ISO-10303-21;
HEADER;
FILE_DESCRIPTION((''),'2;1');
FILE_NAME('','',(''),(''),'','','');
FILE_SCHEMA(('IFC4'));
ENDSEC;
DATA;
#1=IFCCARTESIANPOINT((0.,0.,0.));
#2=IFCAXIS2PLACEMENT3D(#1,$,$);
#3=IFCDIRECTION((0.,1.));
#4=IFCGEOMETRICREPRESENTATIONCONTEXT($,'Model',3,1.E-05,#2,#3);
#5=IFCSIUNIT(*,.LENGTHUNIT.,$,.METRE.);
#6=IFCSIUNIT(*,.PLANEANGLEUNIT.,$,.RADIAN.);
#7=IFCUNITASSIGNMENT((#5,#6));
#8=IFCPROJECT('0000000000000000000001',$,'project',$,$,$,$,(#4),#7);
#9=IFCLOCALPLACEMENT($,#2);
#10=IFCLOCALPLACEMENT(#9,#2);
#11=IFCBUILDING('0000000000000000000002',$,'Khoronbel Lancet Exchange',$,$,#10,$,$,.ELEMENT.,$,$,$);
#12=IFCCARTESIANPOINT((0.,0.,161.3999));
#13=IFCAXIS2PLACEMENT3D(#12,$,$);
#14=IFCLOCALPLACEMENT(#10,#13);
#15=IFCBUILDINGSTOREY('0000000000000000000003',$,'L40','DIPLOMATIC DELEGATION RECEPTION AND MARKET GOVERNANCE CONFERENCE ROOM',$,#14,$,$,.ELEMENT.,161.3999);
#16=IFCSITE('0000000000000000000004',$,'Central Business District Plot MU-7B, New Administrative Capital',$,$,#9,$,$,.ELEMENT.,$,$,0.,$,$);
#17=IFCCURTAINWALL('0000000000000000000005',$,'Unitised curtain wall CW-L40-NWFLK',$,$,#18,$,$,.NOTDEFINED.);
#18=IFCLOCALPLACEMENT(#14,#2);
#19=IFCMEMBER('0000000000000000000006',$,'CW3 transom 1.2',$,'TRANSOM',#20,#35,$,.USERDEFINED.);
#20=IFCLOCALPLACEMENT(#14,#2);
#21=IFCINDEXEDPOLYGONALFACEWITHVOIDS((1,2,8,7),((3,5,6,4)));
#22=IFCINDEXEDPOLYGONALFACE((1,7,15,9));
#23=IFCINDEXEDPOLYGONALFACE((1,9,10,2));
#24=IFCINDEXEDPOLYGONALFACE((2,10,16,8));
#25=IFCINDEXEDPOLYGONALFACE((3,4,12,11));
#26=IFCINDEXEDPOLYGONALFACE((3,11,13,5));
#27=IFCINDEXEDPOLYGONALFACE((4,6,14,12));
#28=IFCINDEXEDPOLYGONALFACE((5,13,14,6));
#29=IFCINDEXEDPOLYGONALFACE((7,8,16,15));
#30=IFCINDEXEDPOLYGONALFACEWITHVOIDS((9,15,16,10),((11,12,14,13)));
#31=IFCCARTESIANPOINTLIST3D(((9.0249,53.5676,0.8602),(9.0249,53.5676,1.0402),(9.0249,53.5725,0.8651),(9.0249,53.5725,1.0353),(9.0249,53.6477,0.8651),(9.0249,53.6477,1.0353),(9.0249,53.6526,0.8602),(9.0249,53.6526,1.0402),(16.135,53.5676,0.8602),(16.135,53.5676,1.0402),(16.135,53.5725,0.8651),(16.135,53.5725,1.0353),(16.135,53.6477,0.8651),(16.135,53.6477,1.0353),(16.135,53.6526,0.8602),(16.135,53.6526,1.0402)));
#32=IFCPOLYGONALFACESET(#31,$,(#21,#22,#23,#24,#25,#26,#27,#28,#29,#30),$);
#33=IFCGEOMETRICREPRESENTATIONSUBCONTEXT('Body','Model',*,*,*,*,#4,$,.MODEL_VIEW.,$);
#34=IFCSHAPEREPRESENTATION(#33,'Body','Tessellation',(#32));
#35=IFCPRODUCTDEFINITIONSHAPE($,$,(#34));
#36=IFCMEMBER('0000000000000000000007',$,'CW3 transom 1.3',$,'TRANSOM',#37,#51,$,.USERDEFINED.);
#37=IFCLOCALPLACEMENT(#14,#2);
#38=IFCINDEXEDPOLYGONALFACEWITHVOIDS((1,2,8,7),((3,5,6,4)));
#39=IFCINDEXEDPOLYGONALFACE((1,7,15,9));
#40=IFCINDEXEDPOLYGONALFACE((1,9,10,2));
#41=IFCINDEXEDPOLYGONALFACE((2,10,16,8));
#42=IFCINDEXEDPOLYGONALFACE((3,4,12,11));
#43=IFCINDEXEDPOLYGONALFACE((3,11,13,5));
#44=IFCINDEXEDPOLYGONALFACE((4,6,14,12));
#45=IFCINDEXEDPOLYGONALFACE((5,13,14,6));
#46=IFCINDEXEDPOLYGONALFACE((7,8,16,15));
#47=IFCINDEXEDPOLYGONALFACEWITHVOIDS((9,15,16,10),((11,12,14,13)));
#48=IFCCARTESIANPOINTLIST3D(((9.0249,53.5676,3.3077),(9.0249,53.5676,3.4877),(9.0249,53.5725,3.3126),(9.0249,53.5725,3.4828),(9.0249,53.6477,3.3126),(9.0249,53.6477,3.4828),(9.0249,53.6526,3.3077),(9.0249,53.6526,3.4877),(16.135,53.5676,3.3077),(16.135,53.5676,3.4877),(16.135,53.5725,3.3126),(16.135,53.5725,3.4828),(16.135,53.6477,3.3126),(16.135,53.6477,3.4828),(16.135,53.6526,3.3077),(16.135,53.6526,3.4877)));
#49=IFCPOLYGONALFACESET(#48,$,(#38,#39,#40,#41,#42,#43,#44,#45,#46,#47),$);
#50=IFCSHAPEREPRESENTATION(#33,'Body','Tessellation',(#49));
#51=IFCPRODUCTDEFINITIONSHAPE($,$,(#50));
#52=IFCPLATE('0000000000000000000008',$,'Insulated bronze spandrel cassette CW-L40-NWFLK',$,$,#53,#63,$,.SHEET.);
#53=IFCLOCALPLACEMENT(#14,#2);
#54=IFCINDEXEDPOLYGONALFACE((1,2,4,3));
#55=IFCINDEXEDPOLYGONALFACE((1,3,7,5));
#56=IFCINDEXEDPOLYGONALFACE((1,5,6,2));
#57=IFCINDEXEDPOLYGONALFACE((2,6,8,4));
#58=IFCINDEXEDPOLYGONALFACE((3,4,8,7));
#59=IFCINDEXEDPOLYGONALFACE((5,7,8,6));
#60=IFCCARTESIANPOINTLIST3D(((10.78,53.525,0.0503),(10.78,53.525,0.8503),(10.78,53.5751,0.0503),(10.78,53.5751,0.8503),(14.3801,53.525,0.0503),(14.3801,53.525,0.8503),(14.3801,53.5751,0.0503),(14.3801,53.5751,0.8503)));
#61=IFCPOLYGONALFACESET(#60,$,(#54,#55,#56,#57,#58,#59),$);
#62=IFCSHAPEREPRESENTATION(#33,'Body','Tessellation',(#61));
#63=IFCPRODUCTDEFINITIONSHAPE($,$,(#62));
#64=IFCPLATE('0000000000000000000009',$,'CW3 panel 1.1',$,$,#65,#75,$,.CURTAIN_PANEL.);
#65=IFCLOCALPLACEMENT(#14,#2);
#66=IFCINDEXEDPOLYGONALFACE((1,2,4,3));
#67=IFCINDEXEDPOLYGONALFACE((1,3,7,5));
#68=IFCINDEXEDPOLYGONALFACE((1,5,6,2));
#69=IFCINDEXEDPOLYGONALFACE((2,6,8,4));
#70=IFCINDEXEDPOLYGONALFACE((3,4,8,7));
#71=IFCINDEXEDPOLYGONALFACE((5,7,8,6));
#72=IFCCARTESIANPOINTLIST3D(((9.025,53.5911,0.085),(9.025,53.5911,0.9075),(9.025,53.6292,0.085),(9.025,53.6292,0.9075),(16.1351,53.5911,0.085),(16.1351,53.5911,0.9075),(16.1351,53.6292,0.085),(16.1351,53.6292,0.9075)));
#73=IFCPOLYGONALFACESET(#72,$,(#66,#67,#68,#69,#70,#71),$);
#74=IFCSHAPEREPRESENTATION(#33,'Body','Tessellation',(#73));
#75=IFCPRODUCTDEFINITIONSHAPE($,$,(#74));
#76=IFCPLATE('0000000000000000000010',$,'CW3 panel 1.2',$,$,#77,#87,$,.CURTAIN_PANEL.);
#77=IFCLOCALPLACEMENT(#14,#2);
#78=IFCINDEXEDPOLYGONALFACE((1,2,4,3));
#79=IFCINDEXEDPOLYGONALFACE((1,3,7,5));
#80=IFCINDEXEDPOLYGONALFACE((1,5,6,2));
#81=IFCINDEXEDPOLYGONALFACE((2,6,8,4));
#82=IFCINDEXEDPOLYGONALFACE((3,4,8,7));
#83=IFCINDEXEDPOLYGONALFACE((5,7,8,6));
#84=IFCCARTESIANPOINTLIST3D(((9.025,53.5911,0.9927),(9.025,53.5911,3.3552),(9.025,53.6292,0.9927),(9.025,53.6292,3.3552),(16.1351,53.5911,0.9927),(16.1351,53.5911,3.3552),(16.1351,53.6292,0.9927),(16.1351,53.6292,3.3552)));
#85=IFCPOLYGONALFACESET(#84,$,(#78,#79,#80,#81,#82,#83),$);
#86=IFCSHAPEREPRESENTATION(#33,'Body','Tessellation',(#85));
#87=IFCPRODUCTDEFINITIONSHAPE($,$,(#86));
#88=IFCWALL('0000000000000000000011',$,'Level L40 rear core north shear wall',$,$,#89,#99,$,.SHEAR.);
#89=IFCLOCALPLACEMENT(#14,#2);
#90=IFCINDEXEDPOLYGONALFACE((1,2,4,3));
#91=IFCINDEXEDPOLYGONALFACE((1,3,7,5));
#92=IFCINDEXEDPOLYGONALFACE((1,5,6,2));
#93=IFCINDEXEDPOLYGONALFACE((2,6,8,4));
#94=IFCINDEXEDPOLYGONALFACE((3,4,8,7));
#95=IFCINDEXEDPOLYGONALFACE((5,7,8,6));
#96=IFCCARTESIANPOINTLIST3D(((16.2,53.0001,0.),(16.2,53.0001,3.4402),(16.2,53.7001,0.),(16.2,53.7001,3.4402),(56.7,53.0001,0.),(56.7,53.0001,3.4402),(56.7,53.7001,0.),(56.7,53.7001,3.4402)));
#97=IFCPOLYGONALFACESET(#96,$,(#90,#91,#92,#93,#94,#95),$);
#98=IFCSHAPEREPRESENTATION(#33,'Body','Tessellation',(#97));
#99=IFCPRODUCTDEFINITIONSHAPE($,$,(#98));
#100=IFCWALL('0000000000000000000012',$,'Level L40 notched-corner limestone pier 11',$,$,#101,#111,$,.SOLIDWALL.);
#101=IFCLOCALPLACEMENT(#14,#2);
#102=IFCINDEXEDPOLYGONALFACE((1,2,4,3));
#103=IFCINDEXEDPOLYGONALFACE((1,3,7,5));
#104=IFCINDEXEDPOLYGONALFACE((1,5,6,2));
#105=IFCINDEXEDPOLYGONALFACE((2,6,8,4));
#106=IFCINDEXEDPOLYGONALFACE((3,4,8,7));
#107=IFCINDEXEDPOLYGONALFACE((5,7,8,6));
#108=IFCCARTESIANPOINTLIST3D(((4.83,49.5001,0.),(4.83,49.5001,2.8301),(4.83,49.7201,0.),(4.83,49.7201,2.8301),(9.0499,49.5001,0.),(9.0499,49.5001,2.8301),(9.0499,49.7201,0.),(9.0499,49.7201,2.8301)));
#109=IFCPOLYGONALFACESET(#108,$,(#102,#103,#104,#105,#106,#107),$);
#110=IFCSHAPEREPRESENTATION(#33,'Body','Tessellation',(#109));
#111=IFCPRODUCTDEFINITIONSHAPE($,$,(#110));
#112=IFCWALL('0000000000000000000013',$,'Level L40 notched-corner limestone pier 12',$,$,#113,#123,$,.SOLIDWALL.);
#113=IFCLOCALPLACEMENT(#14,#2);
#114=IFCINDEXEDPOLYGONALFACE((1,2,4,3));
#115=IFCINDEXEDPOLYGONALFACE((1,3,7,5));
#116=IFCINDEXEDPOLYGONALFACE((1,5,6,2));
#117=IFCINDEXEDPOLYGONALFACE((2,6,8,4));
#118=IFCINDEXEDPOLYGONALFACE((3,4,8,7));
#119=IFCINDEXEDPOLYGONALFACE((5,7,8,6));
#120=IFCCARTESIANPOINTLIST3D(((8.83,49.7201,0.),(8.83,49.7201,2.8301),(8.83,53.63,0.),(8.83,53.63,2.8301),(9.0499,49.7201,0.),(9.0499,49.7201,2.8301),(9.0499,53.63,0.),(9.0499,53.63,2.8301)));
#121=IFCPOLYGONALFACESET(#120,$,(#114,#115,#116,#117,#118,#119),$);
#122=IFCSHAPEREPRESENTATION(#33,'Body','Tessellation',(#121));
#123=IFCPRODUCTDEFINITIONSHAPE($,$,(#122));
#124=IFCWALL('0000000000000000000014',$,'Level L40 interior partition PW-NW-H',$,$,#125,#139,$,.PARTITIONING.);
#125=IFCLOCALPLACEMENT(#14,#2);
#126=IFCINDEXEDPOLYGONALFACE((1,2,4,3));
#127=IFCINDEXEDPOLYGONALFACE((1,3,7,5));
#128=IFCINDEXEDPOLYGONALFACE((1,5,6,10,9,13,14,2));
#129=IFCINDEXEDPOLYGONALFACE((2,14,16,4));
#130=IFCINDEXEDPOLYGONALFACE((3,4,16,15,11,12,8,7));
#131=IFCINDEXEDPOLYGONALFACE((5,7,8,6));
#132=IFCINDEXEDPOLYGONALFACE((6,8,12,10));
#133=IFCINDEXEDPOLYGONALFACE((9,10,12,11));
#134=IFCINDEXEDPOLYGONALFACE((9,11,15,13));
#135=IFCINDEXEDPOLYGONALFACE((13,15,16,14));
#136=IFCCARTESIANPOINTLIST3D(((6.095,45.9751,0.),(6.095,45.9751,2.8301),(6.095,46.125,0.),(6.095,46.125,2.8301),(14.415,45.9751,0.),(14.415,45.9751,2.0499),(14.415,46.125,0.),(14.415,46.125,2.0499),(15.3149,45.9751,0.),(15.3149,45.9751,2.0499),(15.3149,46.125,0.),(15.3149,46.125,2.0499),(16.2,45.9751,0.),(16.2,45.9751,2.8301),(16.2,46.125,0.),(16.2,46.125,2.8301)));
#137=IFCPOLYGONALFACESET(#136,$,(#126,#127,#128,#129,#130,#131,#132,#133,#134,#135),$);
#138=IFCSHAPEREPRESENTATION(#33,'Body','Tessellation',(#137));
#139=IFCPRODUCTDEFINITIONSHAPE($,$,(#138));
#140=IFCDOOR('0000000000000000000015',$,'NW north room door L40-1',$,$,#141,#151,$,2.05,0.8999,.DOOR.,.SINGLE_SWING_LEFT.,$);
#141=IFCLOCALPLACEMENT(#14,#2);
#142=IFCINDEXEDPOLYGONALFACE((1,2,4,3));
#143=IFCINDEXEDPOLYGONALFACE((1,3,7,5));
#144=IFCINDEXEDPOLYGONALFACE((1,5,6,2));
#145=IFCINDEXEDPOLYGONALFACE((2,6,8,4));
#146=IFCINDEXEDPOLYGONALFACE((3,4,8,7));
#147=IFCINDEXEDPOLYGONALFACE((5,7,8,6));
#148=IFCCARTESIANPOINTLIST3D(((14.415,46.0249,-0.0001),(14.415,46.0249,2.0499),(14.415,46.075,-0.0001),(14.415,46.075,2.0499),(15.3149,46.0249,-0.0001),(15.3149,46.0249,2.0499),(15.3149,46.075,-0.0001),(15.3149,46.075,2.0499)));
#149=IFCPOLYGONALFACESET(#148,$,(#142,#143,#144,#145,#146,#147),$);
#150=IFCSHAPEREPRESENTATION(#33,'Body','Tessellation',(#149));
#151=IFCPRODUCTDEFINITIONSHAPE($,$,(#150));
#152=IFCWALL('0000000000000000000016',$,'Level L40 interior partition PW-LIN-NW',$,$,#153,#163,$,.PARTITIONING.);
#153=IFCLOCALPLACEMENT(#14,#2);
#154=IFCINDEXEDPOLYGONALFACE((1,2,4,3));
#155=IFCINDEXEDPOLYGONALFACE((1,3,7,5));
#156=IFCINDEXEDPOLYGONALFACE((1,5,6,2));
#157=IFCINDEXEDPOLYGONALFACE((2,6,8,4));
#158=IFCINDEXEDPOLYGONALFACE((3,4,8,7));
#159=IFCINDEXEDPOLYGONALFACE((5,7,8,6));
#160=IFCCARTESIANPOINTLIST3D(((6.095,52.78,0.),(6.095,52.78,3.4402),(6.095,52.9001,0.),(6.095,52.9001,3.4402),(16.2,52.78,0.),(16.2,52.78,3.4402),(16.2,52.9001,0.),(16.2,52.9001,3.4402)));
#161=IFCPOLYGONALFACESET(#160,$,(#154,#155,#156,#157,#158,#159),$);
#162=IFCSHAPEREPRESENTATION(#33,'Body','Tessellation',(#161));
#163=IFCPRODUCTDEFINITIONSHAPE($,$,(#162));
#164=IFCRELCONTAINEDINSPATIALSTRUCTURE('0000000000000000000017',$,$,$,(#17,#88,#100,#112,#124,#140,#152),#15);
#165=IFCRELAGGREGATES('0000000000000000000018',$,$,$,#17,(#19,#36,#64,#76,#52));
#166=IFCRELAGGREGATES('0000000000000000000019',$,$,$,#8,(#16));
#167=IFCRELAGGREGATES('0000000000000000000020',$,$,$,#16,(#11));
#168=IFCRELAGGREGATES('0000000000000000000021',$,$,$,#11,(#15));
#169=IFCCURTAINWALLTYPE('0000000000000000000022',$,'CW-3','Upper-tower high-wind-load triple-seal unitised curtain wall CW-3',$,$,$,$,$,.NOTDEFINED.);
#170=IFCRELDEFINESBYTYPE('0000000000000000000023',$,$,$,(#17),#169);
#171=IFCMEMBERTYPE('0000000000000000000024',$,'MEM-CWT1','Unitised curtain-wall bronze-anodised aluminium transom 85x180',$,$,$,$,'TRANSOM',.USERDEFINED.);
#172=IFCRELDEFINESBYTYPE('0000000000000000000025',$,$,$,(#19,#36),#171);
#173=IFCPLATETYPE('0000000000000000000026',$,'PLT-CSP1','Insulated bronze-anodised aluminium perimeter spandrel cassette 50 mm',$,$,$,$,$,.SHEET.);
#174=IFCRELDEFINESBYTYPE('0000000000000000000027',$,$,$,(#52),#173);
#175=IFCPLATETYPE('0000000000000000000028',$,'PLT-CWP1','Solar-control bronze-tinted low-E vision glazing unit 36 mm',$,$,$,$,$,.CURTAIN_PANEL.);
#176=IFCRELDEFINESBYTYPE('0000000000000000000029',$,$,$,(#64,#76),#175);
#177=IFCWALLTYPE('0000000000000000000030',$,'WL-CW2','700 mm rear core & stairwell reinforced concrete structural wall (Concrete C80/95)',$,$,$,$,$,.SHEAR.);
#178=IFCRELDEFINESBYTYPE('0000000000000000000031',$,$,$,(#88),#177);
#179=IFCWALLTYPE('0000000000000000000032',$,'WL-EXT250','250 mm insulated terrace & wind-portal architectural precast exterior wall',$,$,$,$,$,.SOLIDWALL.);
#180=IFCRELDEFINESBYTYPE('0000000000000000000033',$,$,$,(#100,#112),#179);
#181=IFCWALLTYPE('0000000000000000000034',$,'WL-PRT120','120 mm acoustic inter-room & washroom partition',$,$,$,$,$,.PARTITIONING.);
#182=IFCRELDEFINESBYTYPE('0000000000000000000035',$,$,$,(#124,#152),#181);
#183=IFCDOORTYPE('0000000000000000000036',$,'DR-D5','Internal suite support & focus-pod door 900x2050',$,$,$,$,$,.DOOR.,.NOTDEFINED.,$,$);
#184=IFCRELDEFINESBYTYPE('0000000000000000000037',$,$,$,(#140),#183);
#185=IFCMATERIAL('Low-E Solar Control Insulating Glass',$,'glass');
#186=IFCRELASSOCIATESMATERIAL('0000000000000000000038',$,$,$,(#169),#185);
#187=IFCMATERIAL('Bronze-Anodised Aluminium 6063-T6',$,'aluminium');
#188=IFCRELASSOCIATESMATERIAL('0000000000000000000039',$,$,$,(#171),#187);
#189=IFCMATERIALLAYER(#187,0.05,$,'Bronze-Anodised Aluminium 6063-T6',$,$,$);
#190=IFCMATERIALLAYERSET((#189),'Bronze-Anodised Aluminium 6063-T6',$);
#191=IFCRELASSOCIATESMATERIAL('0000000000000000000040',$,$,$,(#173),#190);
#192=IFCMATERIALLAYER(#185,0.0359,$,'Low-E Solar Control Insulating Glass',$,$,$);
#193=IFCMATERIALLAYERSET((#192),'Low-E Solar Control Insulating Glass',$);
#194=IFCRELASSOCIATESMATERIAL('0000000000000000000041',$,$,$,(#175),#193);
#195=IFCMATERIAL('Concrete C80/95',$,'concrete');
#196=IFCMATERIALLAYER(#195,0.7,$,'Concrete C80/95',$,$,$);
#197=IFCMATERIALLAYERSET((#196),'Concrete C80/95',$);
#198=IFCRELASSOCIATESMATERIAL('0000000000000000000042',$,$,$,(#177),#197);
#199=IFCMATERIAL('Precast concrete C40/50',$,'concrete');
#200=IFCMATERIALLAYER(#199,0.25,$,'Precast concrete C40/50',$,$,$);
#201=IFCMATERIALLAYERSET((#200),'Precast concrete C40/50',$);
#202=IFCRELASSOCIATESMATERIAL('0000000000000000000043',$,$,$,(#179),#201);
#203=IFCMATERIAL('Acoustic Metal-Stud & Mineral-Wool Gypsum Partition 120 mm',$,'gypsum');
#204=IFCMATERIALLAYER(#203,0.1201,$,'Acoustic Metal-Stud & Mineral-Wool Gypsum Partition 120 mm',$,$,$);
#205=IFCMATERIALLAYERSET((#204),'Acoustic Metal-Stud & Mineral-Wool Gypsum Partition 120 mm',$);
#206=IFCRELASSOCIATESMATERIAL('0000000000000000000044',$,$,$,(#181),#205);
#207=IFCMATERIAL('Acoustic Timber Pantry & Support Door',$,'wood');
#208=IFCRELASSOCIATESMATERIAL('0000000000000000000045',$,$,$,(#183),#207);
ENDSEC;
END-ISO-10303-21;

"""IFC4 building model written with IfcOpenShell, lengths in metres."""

from ifc_helpers import new_model, si_unit, direction, frame, frame_2d, origin, origin_2d, place, context, subcontext, project, spatial, rectangle, hollow_rectangle, extrude, material, layer, layer_set, material_profile, profile_set, type_object, element, fill, aggregate, save


model = new_model("IFC4")

# Units and contexts
model_context = context("Model", 3, precision=1e-05, world=origin(), true_north=direction((0.0, 1.0)))
body_context = subcontext(model_context, "Body", "Model", "MODEL_VIEW")
ifc_project = project(units=[si_unit("LENGTHUNIT", "METRE"), si_unit("PLANEANGLEUNIT", "RADIAN")], contexts=[model_context])

# Site, building, storey
site_placement = place(None, origin())
site = spatial("IfcSite", under=ifc_project, at=site_placement, Name="Central Business District Plot MU-7B, New Administrative Capital", CompositionType="ELEMENT", RefElevation=0.0)
building_placement = place(site_placement, origin())
building = spatial("IfcBuilding", under=site, at=building_placement, Name="Khoronbel Lancet Exchange", CompositionType="ELEMENT")
storey_placement = place(building_placement, frame((0.0, 0.0, 161.3999)))
storey = spatial("IfcBuildingStorey", under=building, at=storey_placement, Name="L40", Description="DIPLOMATIC DELEGATION RECEPTION AND MARKET GOVERNANCE CONFERENCE ROOM", CompositionType="ELEMENT", Elevation=161.3999)

# Curtain wall, members, plates
ifc_material_1 = material(Name="Low-E Solar Control Insulating Glass", Category="glass")
curtain_wall_type = type_object("IfcCurtainWallType", Name="CW-3", Description="Upper-tower high-wind-load triple-seal unitised curtain wall CW-3", PredefinedType="NOTDEFINED", material=ifc_material_1)
curtain_wall_placement = place(storey_placement, origin())
curtain_wall = element("IfcCurtainWall", 1, at=curtain_wall_placement, inside=storey, type_object=curtain_wall_type, Name="Unitised curtain wall CW-L40-NWFLK", PredefinedType="NOTDEFINED")
ifc_material_2 = material(Name="Bronze-Anodised Aluminium 6063-T6", Category="aluminium")
ifc_material_profile_1 = material_profile(ifc_material_2, hollow_rectangle(XDim=0.085, YDim=0.1799, WallThickness=0.0049, at=origin_2d()), Name="ALU TRANSOM 85x180")
ifc_profile_set_1 = profile_set([ifc_material_profile_1], Name="Bronze-Anodised Aluminium 6063-T6")
member_type_1 = type_object("IfcMemberType", Name="MEM-CWT1", Description="Unitised curtain-wall bronze-anodised aluminium transom 85x180", ElementType="TRANSOM", PredefinedType="USERDEFINED", material=ifc_profile_set_1)
member_1_placement = place(storey_placement, frame((16.135, 53.6101, 0.9502), z_axis=(-1.0, 0.0, 0.0), x_axis=(0.0, -1.0, 0.0)))
member_1 = element("IfcMember", 2, at=member_1_placement, type_object=member_type_1, Name="CW3 transom 1.2", ObjectType="TRANSOM", PredefinedType="USERDEFINED", context=body_context, shape_type="SweptSolid", body=[
    extrude(hollow_rectangle(XDim=0.085, YDim=0.1799, WallThickness=0.0049, at=origin_2d()), origin(), (0.0, 0.0, 1.0), 7.1101),
])
member_2_placement = place(storey_placement, frame((16.135, 53.6101, 3.3977), z_axis=(-1.0, 0.0, 0.0), x_axis=(0.0, -1.0, 0.0)))
member_2 = element("IfcMember", 3, at=member_2_placement, type_object=member_type_1, Name="CW3 transom 1.3", ObjectType="TRANSOM", PredefinedType="USERDEFINED", context=body_context, shape_type="SweptSolid", body=[
    extrude(hollow_rectangle(XDim=0.085, YDim=0.1799, WallThickness=0.0049, at=origin_2d()), origin(), (0.0, 0.0, 1.0), 7.1101),
])
ifc_layer_1 = layer(ifc_material_2, 0.05, Name="Bronze-Anodised Aluminium 6063-T6")
ifc_layer_set_1 = layer_set([ifc_layer_1], Name="Bronze-Anodised Aluminium 6063-T6")
plate_type_1 = type_object("IfcPlateType", Name="PLT-CSP1", Description="Insulated bronze-anodised aluminium perimeter spandrel cassette 50 mm", PredefinedType="SHEET", material=ifc_layer_set_1)
plate_1_placement = place(storey_placement, frame((12.5801, 53.55, 0.0503), z_axis=(0.0, 0.0, 1.0), x_axis=(-1.0, 0.0, 0.0)))
plate_1 = element("IfcPlate", 4, at=plate_1_placement, type_object=plate_type_1, Name="Insulated bronze spandrel cassette CW-L40-NWFLK", PredefinedType="SHEET", context=body_context, shape_type="SweptSolid", body=[
    extrude(rectangle(XDim=3.6001, YDim=0.05, at=origin_2d()), origin(), (0.0, 0.0, 1.0), 0.8),
])
ifc_layer_2 = layer(ifc_material_1, 0.0359, Name="Low-E Solar Control Insulating Glass")
ifc_layer_set_2 = layer_set([ifc_layer_2], Name="Low-E Solar Control Insulating Glass")
plate_type_2 = type_object("IfcPlateType", Name="PLT-CWP1", Description="Solar-control bronze-tinted low-E vision glazing unit 36 mm", PredefinedType="CURTAIN_PANEL", material=ifc_layer_set_2)
plate_2_placement = place(storey_placement, frame((12.5801, 53.6101, 0.085), z_axis=(0.0, 0.0, 1.0), x_axis=(-1.0, 0.0, 0.0)))
plate_2 = element("IfcPlate", 5, at=plate_2_placement, type_object=plate_type_2, Name="CW3 panel 1.1", PredefinedType="CURTAIN_PANEL", context=body_context, shape_type="SweptSolid", body=[
    extrude(rectangle(XDim=7.1101, YDim=0.0381, at=origin_2d()), origin(), (0.0, 0.0, 1.0), 0.8225),
])
plate_3_placement = place(storey_placement, frame((12.5801, 53.6101, 0.9927), z_axis=(0.0, 0.0, 1.0), x_axis=(-1.0, 0.0, 0.0)))
plate_3 = element("IfcPlate", 6, at=plate_3_placement, type_object=plate_type_2, Name="CW3 panel 1.2", PredefinedType="CURTAIN_PANEL", context=body_context, shape_type="SweptSolid", body=[
    extrude(rectangle(XDim=7.1101, YDim=0.0381, at=origin_2d()), origin(), (0.0, 0.0, 1.0), 2.3625),
])
aggregate(curtain_wall, [member_1, member_2, plate_2, plate_3, plate_1])

# Walls
ifc_material_3 = material(Name="Concrete C80/95", Category="concrete")
ifc_layer_3 = layer(ifc_material_3, 0.7, Name="Concrete C80/95")
ifc_layer_set_3 = layer_set([ifc_layer_3], Name="Concrete C80/95")
wall_type_1 = type_object("IfcWallType", Name="WL-CW2", Description="700 mm rear core & stairwell reinforced concrete structural wall (Concrete C80/95)", PredefinedType="SHEAR", material=ifc_layer_set_3)
wall_1_placement = place(storey_placement, frame((16.2, 53.3501, 0.0), z_axis=(0.0, 0.0, 1.0), x_axis=(1.0, 0.0, 0.0)))
element("IfcWall", 7, at=wall_1_placement, inside=storey, type_object=wall_type_1, Name="Level L40 rear core north shear wall", PredefinedType="SHEAR", context=body_context, shape_type="SweptSolid", body=[
    extrude(rectangle(XDim=40.5, YDim=0.7, at=frame_2d((20.25, 0.0))), origin(), (0.0, 0.0, 1.0), 3.4402),
])
ifc_material_4 = material(Name="Precast concrete C40/50", Category="concrete")
ifc_layer_4 = layer(ifc_material_4, 0.25, Name="Precast concrete C40/50")
ifc_layer_set_4 = layer_set([ifc_layer_4], Name="Precast concrete C40/50")
wall_type_2 = type_object("IfcWallType", Name="WL-EXT250", Description="250 mm insulated terrace & wind-portal architectural precast exterior wall", PredefinedType="SOLIDWALL", material=ifc_layer_set_4)
wall_2_placement = place(storey_placement, frame((4.8301, 49.6101, 0.0), z_axis=(0.0, 0.0, 1.0), x_axis=(1.0, 0.0, 0.0)))
element("IfcWall", 8, at=wall_2_placement, inside=storey, type_object=wall_type_2, Name="Level L40 notched-corner limestone pier 11", PredefinedType="SOLIDWALL", context=body_context, shape_type="SweptSolid", body=[
    extrude(rectangle(XDim=4.22, YDim=0.22, at=frame_2d((2.1099, 0.0))), origin(), (0.0, 0.0, 1.0), 2.8301),
])
wall_3_placement = place(storey_placement, frame((8.9399, 49.72, 0.0), z_axis=(0.0, 0.0, 1.0), x_axis=(0.0, 1.0, 0.0)))
element("IfcWall", 9, at=wall_3_placement, inside=storey, type_object=wall_type_2, Name="Level L40 notched-corner limestone pier 12", PredefinedType="SOLIDWALL", context=body_context, shape_type="SweptSolid", body=[
    extrude(rectangle(XDim=3.9099, YDim=0.22, at=frame_2d((1.9551, 0.0))), origin(), (0.0, 0.0, 1.0), 2.8301),
])

# Wall, opening, door
ifc_material_5 = material(Name="Acoustic Metal-Stud & Mineral-Wool Gypsum Partition 120 mm", Category="gypsum")
ifc_layer_5 = layer(ifc_material_5, 0.1201, Name="Acoustic Metal-Stud & Mineral-Wool Gypsum Partition 120 mm")
ifc_layer_set_5 = layer_set([ifc_layer_5], Name="Acoustic Metal-Stud & Mineral-Wool Gypsum Partition 120 mm")
wall_type_3 = type_object("IfcWallType", Name="WL-PRT120", Description="120 mm acoustic inter-room & washroom partition", PredefinedType="PARTITIONING", material=ifc_layer_set_5)
wall_4_placement = place(storey_placement, frame((6.095, 46.05, 0.0), z_axis=(0.0, 0.0, 1.0), x_axis=(1.0, 0.0, 0.0)))
wall_4 = element("IfcWall", 10, at=wall_4_placement, inside=storey, type_object=wall_type_3, Name="Level L40 interior partition PW-NW-H", PredefinedType="PARTITIONING", context=body_context, shape_type="SweptSolid", body=[
    extrude(rectangle(XDim=10.105, YDim=0.1499, at=frame_2d((5.0525, 0.0))), origin(), (0.0, 0.0, 1.0), 2.8301),
])
opening_1_placement = place(wall_4_placement, frame((8.3201, 0.0, 0.0)))
opening_1 = element("IfcOpeningElement", 11, at=opening_1_placement, cuts=wall_4, PredefinedType="OPENING", context=body_context, shape_type="SweptSolid", body=[
    extrude(rectangle(XDim=0.8999, YDim=2.05, at=frame_2d((0.45, 1.0249))), frame((0.0, 0.085, 0.0), z_axis=(0.0, -1.0, 0.0), x_axis=(1.0, 0.0, 0.0)), (0.0, 0.0, 1.0), 0.1699),
])
ifc_material_6 = material(Name="Acoustic Timber Pantry & Support Door", Category="wood")
door_type_1 = type_object("IfcDoorType", Name="DR-D5", Description="Internal suite support & focus-pod door 900x2050", OperationType="NOTDEFINED", PredefinedType="DOOR", material=ifc_material_6)
door_1_placement = place(opening_1_placement, origin())
door_1 = element("IfcDoor", 12, at=door_1_placement, inside=storey, type_object=door_type_1, Name="NW north room door L40-1", OperationType="SINGLE_SWING_LEFT", OverallHeight=2.05, OverallWidth=0.8999, PredefinedType="DOOR", context=body_context, shape_type="SweptSolid", body=[
    extrude(rectangle(XDim=0.8999, YDim=2.05, at=frame_2d((0.45, 1.0249))), frame((0.0, 0.0249, 0.0), z_axis=(0.0, -1.0, 0.0), x_axis=(1.0, 0.0, 0.0)), (0.0, 0.0, 1.0), 0.05),
])
fill(opening_1, door_1)

# Wall
wall_5_placement = place(storey_placement, frame((6.095, 52.8401, 0.0), z_axis=(0.0, 0.0, 1.0), x_axis=(1.0, 0.0, 0.0)))
element("IfcWall", 13, at=wall_5_placement, inside=storey, type_object=wall_type_3, Name="Level L40 interior partition PW-LIN-NW", PredefinedType="PARTITIONING", context=body_context, shape_type="SweptSolid", body=[
    extrude(rectangle(XDim=10.105, YDim=0.1201, at=frame_2d((5.0525, 0.0))), origin(), (0.0, 0.0, 1.0), 3.4402),
])

save(model, "model.ifc")
